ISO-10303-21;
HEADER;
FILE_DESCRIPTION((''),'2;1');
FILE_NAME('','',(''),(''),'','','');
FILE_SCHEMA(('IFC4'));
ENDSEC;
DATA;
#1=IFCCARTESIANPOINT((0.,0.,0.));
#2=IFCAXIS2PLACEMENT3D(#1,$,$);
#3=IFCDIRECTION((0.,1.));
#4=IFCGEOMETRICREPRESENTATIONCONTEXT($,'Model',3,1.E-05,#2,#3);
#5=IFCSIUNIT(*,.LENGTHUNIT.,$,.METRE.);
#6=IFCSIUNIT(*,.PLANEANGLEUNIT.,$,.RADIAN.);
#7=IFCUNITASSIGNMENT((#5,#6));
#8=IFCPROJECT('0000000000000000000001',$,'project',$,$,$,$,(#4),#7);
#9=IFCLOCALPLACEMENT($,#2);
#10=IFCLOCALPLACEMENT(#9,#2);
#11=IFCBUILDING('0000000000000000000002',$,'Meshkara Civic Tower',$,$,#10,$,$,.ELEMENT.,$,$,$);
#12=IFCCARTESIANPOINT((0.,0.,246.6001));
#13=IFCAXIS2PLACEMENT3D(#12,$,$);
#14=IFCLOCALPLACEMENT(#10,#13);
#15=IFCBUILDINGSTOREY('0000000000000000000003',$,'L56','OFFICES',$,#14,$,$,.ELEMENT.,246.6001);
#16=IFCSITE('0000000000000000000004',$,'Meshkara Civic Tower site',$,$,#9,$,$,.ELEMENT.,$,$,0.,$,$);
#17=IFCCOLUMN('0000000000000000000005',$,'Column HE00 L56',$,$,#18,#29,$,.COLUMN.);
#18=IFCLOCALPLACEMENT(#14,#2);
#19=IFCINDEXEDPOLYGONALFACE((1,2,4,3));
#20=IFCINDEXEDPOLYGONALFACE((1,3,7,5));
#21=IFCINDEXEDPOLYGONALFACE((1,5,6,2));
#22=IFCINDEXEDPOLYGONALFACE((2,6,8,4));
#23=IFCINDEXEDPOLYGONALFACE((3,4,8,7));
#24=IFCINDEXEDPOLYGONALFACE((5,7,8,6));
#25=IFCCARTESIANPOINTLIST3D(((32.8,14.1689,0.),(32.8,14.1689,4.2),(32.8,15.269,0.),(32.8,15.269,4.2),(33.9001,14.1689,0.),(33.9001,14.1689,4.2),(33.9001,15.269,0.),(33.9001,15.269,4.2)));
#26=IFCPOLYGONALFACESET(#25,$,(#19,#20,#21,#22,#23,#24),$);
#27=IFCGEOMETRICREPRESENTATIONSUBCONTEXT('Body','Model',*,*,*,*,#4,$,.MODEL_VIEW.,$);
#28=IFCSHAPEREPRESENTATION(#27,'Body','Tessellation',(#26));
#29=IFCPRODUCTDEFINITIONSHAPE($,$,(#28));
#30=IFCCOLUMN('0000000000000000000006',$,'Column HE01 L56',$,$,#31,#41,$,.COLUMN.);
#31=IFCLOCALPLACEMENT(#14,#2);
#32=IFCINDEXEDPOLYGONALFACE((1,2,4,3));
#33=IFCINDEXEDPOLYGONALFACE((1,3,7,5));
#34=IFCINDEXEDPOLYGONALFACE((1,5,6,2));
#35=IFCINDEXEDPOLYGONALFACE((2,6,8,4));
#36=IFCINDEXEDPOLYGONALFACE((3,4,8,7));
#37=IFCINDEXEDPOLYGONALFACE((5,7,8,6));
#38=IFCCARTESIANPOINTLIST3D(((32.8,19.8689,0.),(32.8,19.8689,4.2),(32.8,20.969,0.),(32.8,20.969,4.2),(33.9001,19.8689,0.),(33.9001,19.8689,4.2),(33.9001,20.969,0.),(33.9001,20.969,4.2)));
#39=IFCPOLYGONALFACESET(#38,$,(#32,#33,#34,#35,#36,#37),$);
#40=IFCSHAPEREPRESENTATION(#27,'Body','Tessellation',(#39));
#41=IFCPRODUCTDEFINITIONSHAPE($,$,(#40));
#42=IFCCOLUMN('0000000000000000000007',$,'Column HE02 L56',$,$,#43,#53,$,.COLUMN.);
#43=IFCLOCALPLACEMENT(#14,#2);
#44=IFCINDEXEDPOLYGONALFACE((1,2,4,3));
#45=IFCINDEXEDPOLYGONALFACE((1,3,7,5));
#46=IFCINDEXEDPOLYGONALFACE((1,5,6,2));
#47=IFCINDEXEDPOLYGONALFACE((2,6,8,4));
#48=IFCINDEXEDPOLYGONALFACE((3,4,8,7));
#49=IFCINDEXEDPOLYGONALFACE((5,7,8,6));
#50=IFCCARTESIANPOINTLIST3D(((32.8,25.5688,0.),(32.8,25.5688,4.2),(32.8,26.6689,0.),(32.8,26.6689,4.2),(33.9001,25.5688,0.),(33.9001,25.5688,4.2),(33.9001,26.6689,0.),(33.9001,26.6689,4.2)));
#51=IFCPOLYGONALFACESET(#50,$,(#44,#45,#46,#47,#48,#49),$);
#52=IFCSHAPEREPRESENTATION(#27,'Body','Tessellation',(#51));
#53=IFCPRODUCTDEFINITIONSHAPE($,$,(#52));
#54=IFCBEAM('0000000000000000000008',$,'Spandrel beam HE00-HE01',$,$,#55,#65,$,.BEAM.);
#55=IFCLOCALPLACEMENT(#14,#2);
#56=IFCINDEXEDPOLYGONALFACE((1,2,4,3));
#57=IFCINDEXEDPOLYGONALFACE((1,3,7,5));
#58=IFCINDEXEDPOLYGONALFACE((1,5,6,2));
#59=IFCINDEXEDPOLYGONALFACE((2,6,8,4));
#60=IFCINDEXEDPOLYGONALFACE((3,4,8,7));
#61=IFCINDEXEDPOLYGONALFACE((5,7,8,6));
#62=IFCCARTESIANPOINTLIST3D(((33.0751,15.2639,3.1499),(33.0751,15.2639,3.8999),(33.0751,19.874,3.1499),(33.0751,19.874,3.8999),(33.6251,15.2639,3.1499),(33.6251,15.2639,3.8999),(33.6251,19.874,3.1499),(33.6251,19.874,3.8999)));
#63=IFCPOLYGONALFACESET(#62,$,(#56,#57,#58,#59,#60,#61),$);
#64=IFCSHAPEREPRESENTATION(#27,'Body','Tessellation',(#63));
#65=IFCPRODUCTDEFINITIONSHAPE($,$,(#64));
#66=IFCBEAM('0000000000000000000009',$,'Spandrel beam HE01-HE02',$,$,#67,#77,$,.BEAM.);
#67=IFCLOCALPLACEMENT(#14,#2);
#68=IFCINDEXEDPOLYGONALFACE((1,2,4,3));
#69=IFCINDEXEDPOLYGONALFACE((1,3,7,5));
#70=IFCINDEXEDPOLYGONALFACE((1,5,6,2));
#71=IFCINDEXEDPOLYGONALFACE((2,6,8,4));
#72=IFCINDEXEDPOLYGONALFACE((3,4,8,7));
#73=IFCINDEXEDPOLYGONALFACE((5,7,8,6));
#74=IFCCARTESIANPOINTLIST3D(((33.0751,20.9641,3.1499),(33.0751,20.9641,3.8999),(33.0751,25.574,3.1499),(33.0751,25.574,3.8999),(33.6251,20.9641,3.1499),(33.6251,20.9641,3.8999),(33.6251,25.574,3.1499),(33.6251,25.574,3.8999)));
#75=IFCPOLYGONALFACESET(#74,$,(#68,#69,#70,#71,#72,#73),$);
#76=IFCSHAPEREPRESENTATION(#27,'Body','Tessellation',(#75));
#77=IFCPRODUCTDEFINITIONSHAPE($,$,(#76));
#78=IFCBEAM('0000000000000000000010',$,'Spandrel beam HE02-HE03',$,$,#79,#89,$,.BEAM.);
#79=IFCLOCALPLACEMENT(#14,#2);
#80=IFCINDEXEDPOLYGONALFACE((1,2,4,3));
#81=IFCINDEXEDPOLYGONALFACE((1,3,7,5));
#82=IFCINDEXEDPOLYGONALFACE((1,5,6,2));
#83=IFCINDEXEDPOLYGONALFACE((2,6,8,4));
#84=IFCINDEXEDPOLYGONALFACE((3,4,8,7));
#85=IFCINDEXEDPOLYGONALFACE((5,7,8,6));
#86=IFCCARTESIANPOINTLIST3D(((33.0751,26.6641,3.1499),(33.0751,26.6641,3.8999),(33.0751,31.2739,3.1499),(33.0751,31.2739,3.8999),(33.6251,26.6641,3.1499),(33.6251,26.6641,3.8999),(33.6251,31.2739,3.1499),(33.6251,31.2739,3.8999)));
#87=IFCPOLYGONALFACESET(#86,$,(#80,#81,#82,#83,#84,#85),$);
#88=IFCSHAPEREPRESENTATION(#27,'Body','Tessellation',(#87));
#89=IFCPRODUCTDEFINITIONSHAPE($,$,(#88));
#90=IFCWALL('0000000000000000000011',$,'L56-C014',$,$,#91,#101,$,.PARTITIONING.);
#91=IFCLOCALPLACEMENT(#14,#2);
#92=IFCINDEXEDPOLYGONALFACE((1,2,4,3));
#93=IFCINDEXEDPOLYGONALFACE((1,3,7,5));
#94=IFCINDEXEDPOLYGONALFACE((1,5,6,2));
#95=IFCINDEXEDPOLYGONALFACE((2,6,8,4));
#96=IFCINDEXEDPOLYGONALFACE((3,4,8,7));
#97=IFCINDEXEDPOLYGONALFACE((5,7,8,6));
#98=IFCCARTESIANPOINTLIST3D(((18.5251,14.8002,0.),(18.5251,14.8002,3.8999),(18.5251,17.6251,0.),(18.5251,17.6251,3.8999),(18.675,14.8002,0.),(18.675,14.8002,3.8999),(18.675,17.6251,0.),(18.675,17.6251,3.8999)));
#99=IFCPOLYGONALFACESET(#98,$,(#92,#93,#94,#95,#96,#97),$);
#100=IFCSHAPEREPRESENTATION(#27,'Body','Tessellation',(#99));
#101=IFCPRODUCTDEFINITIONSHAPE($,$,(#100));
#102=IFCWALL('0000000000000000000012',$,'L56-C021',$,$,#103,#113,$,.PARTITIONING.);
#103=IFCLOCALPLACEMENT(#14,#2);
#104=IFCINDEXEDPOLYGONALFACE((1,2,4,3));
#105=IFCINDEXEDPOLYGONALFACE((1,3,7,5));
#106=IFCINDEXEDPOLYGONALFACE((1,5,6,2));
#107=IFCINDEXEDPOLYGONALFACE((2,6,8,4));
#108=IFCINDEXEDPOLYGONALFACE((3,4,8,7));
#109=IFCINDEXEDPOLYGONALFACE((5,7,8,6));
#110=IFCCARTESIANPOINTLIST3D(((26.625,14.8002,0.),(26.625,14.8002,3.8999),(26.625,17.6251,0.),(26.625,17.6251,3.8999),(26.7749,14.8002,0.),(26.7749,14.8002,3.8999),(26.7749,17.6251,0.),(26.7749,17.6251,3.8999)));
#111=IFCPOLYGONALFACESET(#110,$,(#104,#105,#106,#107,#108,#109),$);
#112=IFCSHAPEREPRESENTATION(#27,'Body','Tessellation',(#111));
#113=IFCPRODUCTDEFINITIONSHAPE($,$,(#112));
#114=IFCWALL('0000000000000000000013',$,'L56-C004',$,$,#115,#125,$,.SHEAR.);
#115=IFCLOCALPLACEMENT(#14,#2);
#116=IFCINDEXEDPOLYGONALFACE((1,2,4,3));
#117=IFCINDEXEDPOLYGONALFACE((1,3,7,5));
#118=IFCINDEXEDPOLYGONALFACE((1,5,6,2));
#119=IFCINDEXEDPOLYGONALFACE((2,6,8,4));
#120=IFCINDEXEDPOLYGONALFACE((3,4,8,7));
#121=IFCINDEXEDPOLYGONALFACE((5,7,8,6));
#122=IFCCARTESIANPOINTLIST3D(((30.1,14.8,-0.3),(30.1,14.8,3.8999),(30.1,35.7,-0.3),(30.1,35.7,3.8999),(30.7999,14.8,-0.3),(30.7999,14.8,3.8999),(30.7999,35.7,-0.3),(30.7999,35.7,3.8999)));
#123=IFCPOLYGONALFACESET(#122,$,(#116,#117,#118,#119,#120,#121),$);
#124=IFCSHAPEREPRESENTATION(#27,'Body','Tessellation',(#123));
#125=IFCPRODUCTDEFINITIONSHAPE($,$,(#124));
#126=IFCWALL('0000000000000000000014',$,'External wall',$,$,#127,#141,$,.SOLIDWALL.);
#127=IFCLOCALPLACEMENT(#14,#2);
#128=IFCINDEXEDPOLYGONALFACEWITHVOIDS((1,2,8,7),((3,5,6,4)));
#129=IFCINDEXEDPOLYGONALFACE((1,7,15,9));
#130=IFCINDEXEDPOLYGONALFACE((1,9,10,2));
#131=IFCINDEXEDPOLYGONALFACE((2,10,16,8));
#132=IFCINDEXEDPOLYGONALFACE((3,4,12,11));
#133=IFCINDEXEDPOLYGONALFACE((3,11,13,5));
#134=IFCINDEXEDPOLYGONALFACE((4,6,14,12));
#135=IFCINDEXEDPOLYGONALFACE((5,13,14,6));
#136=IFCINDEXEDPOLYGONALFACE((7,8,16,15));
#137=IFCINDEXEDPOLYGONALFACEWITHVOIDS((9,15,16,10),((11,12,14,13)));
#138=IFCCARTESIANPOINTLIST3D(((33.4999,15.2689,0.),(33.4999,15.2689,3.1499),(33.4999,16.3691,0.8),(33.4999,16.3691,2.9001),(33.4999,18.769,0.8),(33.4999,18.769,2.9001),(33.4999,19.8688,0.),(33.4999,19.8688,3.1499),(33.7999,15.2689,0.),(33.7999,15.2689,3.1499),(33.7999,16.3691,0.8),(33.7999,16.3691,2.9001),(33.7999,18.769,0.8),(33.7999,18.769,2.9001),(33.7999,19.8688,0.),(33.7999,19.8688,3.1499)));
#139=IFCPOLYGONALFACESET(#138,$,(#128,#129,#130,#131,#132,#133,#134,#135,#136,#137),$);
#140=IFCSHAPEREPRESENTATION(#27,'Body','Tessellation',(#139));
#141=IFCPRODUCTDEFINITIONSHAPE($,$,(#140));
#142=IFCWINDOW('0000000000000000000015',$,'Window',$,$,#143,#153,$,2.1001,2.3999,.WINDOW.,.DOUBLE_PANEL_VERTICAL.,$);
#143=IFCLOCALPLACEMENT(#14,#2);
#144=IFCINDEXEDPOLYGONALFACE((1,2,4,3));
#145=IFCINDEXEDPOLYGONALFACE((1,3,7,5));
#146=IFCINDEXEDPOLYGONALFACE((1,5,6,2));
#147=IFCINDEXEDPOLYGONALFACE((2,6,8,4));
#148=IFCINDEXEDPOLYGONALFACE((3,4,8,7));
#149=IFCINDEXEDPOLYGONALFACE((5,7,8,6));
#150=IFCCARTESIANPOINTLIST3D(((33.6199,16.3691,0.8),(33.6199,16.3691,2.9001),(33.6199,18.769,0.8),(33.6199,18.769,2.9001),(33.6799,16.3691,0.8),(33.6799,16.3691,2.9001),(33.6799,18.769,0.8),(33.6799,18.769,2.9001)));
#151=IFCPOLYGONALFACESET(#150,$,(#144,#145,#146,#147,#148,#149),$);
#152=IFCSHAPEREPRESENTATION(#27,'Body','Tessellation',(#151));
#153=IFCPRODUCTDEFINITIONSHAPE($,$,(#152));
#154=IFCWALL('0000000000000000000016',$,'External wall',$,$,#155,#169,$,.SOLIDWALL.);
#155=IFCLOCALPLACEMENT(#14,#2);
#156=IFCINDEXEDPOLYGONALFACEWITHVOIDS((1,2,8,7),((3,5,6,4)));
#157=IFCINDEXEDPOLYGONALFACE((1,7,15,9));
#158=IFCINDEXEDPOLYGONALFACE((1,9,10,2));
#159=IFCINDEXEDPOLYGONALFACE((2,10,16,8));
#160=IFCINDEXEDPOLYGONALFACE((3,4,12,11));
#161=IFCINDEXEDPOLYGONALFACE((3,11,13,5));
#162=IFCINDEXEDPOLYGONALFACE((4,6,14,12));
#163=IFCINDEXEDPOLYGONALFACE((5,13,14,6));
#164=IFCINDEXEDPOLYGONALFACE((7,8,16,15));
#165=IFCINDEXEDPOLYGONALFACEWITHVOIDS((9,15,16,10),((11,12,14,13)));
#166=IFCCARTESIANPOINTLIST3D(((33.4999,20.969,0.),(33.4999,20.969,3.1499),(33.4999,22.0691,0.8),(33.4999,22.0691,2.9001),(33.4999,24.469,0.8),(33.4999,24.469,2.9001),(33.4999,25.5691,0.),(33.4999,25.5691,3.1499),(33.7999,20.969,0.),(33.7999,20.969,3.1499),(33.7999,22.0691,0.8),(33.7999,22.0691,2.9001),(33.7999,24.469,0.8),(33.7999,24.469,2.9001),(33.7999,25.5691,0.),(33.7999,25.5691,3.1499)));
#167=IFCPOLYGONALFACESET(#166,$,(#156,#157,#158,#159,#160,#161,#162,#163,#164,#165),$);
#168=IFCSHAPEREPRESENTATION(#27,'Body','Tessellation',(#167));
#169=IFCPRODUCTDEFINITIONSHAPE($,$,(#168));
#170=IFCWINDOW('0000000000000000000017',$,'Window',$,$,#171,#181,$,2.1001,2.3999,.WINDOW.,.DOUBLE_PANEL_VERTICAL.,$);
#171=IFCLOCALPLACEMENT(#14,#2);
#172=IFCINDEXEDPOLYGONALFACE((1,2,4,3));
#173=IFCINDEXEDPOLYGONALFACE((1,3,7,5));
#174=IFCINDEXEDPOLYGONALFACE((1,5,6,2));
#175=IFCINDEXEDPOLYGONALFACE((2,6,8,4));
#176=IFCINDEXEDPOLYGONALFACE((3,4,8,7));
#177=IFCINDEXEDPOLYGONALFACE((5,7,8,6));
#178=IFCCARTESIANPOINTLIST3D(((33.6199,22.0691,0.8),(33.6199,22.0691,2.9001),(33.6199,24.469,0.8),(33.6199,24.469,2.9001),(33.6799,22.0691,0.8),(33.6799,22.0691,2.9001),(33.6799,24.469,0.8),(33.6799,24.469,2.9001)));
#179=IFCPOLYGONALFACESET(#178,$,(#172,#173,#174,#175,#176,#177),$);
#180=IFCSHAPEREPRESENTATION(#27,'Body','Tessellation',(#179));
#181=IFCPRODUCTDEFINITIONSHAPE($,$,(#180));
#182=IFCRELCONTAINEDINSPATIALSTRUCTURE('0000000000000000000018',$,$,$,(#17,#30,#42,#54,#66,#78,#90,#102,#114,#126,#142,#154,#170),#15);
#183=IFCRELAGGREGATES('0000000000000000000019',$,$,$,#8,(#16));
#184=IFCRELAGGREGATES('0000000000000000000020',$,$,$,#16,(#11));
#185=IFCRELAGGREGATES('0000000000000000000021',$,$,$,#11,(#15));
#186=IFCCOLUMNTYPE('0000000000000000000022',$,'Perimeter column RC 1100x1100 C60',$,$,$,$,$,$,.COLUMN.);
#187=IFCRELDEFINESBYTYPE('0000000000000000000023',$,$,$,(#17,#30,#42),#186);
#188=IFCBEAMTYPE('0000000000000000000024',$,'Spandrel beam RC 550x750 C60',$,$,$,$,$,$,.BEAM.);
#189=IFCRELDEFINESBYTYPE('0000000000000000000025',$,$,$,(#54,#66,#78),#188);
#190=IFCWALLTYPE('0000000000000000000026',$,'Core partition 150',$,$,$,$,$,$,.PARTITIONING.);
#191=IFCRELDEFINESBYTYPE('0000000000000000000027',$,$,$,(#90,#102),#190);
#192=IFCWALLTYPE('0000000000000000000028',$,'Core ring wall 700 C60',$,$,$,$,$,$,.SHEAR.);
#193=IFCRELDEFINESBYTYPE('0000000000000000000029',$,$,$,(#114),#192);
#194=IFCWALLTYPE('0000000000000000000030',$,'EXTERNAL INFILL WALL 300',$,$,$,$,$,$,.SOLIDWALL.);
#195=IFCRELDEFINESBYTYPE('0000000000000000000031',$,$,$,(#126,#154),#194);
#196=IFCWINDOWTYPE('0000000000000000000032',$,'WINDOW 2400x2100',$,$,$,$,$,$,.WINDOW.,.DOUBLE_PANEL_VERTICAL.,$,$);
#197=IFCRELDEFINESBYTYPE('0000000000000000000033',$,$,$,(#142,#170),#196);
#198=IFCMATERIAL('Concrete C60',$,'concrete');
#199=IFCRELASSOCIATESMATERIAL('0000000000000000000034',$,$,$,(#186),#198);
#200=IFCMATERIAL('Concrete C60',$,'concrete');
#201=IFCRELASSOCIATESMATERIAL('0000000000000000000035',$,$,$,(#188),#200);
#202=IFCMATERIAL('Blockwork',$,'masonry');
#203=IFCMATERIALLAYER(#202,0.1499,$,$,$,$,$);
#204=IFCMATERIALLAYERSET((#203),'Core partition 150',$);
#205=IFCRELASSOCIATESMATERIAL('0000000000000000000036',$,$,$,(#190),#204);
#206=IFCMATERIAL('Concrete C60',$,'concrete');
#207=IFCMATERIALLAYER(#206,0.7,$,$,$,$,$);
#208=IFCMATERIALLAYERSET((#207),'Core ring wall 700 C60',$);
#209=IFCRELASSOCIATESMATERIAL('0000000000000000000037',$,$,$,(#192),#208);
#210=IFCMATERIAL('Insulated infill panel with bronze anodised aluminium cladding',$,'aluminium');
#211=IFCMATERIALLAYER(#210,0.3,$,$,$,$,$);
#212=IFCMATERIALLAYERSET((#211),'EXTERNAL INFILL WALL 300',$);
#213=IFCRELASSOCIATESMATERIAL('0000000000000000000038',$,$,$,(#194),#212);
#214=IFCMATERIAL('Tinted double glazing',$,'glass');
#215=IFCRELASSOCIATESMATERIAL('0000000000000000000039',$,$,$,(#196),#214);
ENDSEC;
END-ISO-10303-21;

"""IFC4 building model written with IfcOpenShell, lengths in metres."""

from ifc_helpers import new_model, si_unit, direction, frame, frame_2d, origin, origin_2d, place, context, subcontext, project, spatial, rectangle, extrude, material, layer, layer_set, material_profile, profile_set, type_object, element, fill, save


model = new_model("IFC4")

# Units and contexts
model_context = context("Model", 3, precision=1e-05, world=origin(), true_north=direction((0.0, 1.0)))
body_context = subcontext(model_context, "Body", "Model", "MODEL_VIEW")
ifc_project = project(units=[si_unit("LENGTHUNIT", "METRE"), si_unit("PLANEANGLEUNIT", "RADIAN")], contexts=[model_context])

# Site, building, storey
site_placement = place(None, origin())
site = spatial("IfcSite", under=ifc_project, at=site_placement, Name="Meshkara Civic Tower site", CompositionType="ELEMENT", RefElevation=0.0)
building_placement = place(site_placement, origin())
building = spatial("IfcBuilding", under=site, at=building_placement, Name="Meshkara Civic Tower", CompositionType="ELEMENT")
storey_placement = place(building_placement, frame((0.0, 0.0, 246.6001)))
storey = spatial("IfcBuildingStorey", under=building, at=storey_placement, Name="L56", Description="OFFICES", CompositionType="ELEMENT", Elevation=246.6001)

# Columns
ifc_material_1 = material(Name="Concrete C60", Category="concrete")
ifc_material_profile_1 = material_profile(ifc_material_1, rectangle(XDim=1.1001, YDim=1.1001, at=origin_2d()))
ifc_profile_set_1 = profile_set([ifc_material_profile_1], Name="Concrete C60")
column_type = type_object("IfcColumnType", Name="Perimeter column RC 1100x1100 C60", PredefinedType="COLUMN", material=ifc_profile_set_1)
for number, where, z_axis, x_axis, name in (
    (1, (33.3501, 14.719, 0.0), (0.0, 0.0, 1.0), (1.0, 0.0, 0.0), "Column HE00 L56"),
    (2, (33.3501, 20.4189, 0.0), (0.0, 0.0, 1.0), (1.0, 0.0, 0.0), "Column HE01 L56"),
    (3, (33.3501, 26.1189, 0.0), (0.0, 0.0, 1.0), (1.0, 0.0, 0.0), "Column HE02 L56"),
):
    element("IfcColumn", number, at=place(storey_placement, frame(where, z_axis=z_axis, x_axis=x_axis)), inside=storey, type_object=column_type, Name=name, PredefinedType="COLUMN", context=body_context, shape_type="SweptSolid", body=[
        extrude(rectangle(XDim=1.1001, YDim=1.1001, at=origin_2d()), origin(), (0.0, 0.0, 1.0), 4.2),
    ])

# Beams
ifc_material_2 = material(Name="Concrete C60", Category="concrete")
ifc_material_profile_2 = material_profile(ifc_material_2, rectangle(XDim=0.55, YDim=0.75, at=origin_2d()))
ifc_profile_set_2 = profile_set([ifc_material_profile_2], Name="Concrete C60")
beam_type = type_object("IfcBeamType", Name="Spandrel beam RC 550x750 C60", PredefinedType="BEAM", material=ifc_profile_set_2)
beam_placement = place(storey_placement, frame((33.3501, 15.2639, 3.5249), z_axis=(0.0, 1.0, 0.0), x_axis=(-1.0, 0.0, 0.0)))
element("IfcBeam", 4, at=beam_placement, inside=storey, type_object=beam_type, Name="Spandrel beam HE00-HE01", PredefinedType="BEAM", context=body_context, shape_type="SweptSolid", body=[
    extrude(rectangle(XDim=0.55, YDim=0.75, at=origin_2d()), origin(), (0.0, 0.0, 1.0), 4.6101),
])
for number, where, z_axis, x_axis, name in (
    (5, (33.3501, 20.9641, 3.5249), (0.0, 1.0, 0.0), (-1.0, 0.0, 0.0), "Spandrel beam HE01-HE02"),
    (6, (33.3501, 26.6641, 3.5249), (0.0, 1.0, 0.0), (-1.0, 0.0, 0.0), "Spandrel beam HE02-HE03"),
):
    element("IfcBeam", number, at=place(storey_placement, frame(where, z_axis=z_axis, x_axis=x_axis)), inside=storey, type_object=beam_type, Name=name, PredefinedType="BEAM", context=body_context, shape_type="SweptSolid", body=[
        extrude(rectangle(XDim=0.55, YDim=0.75, at=origin_2d()), origin(), (0.0, 0.0, 1.0), 4.6099),
    ])

# Walls
ifc_material_3 = material(Name="Blockwork", Category="masonry")
ifc_layer_1 = layer(ifc_material_3, 0.1499)
ifc_layer_set_1 = layer_set([ifc_layer_1], Name="Core partition 150")
wall_type_1 = type_object("IfcWallType", Name="Core partition 150", PredefinedType="PARTITIONING", material=ifc_layer_set_1)
for number, where, z_axis, x_axis, name in (
    (7, (18.6001, 14.8, 0.0), (0.0, 0.0, 1.0), (0.0, 1.0, 0.0), "L56-C014"),
    (8, (26.7, 14.8, 0.0), (0.0, 0.0, 1.0), (0.0, 1.0, 0.0), "L56-C021"),
):
    element("IfcWall", number, at=place(storey_placement, frame(where, z_axis=z_axis, x_axis=x_axis)), inside=storey, type_object=wall_type_1, Name=name, PredefinedType="PARTITIONING", context=body_context, shape_type="SweptSolid", body=[
        extrude(rectangle(XDim=2.825, YDim=0.1499, at=frame_2d((1.4126, 0.0))), origin(), (0.0, 0.0, 1.0), 3.8999),
    ])
ifc_material_4 = material(Name="Concrete C60", Category="concrete")
ifc_layer_2 = layer(ifc_material_4, 0.7)
ifc_layer_set_2 = layer_set([ifc_layer_2], Name="Core ring wall 700 C60")
wall_type_2 = type_object("IfcWallType", Name="Core ring wall 700 C60", PredefinedType="SHEAR", material=ifc_layer_set_2)
wall_1_placement = place(storey_placement, frame((30.45, 14.8, -0.3), z_axis=(0.0, 0.0, 1.0), x_axis=(0.0, 1.0, 0.0)))
element("IfcWall", 9, at=wall_1_placement, inside=storey, type_object=wall_type_2, Name="L56-C004", PredefinedType="SHEAR", context=body_context, shape_type="SweptSolid", body=[
    extrude(rectangle(XDim=20.8999, YDim=0.7, at=frame_2d((10.45, 0.0))), origin(), (0.0, 0.0, 1.0), 4.2),
])

# Walls, openings, windows
ifc_material_5 = material(Name="Insulated infill panel with bronze anodised aluminium cladding", Category="aluminium")
ifc_layer_3 = layer(ifc_material_5, 0.3)
ifc_layer_set_3 = layer_set([ifc_layer_3], Name="EXTERNAL INFILL WALL 300")
wall_type_3 = type_object("IfcWallType", Name="EXTERNAL INFILL WALL 300", PredefinedType="SOLIDWALL", material=ifc_layer_set_3)
wall_2_placement = place(storey_placement, frame((33.6499, 15.269, 0.0), z_axis=(0.0, 0.0, 1.0), x_axis=(0.0, 1.0, 0.0)))
wall_2 = element("IfcWall", 10, at=wall_2_placement, inside=storey, type_object=wall_type_3, Name="External wall", PredefinedType="SOLIDWALL", context=body_context, shape_type="SweptSolid", body=[
    extrude(rectangle(XDim=4.5999, YDim=0.3, at=frame_2d((2.2998, 0.0))), origin(), (0.0, 0.0, 1.0), 3.1499),
])
opening_1_placement = place(wall_2_placement, frame((1.1001, 0.0, 0.8)))
opening_1 = element("IfcOpeningElement", 11, at=opening_1_placement, cuts=wall_2, PredefinedType="OPENING", context=body_context, shape_type="SweptSolid", body=[
    extrude(rectangle(XDim=2.3999, YDim=2.1001, at=frame_2d((1.2, 1.05))), frame((0.0, 0.1599, 0.0), z_axis=(0.0, -1.0, 0.0), x_axis=(1.0, 0.0, 0.0)), (0.0, 0.0, 1.0), 0.3201),
])
ifc_material_6 = material(Name="Tinted double glazing", Category="glass")
window_type = type_object("IfcWindowType", Name="WINDOW 2400x2100", PartitioningType="DOUBLE_PANEL_VERTICAL", PredefinedType="WINDOW", material=ifc_material_6)
window_1_placement = place(opening_1_placement, origin())
window_1 = element("IfcWindow", 12, at=window_1_placement, inside=storey, type_object=window_type, Name="Window", OverallHeight=2.1001, OverallWidth=2.3999, PartitioningType="DOUBLE_PANEL_VERTICAL", PredefinedType="WINDOW", context=body_context, shape_type="SweptSolid", body=[
    extrude(rectangle(XDim=2.3999, YDim=2.1001, at=frame_2d((1.2, 1.05))), frame((0.0, 0.03, 0.0), z_axis=(0.0, -1.0, 0.0), x_axis=(1.0, 0.0, 0.0)), (0.0, 0.0, 1.0), 0.0601),
])
fill(opening_1, window_1)
wall_3_placement = place(storey_placement, frame((33.6499, 20.969, 0.0), z_axis=(0.0, 0.0, 1.0), x_axis=(0.0, 1.0, 0.0)))
wall_3 = element("IfcWall", 13, at=wall_3_placement, inside=storey, type_object=wall_type_3, Name="External wall", PredefinedType="SOLIDWALL", context=body_context, shape_type="SweptSolid", body=[
    extrude(rectangle(XDim=4.6001, YDim=0.3, at=frame_2d((2.3, 0.0))), origin(), (0.0, 0.0, 1.0), 3.1499),
])
opening_2_placement = place(wall_3_placement, frame((1.1001, 0.0, 0.8)))
opening_2 = element("IfcOpeningElement", 14, at=opening_2_placement, cuts=wall_3, PredefinedType="OPENING", context=body_context, shape_type="SweptSolid", body=[
    extrude(rectangle(XDim=2.3999, YDim=2.1001, at=frame_2d((1.2, 1.05))), frame((0.0, 0.1599, 0.0), z_axis=(0.0, -1.0, 0.0), x_axis=(1.0, 0.0, 0.0)), (0.0, 0.0, 1.0), 0.3201),
])
window_2_placement = place(opening_2_placement, origin())
window_2 = element("IfcWindow", 15, at=window_2_placement, inside=storey, type_object=window_type, Name="Window", OverallHeight=2.1001, OverallWidth=2.3999, PartitioningType="DOUBLE_PANEL_VERTICAL", PredefinedType="WINDOW", context=body_context, shape_type="SweptSolid", body=[
    extrude(rectangle(XDim=2.3999, YDim=2.1001, at=frame_2d((1.2, 1.05))), frame((0.0, 0.03, 0.0), z_axis=(0.0, -1.0, 0.0), x_axis=(1.0, 0.0, 0.0)), (0.0, 0.0, 1.0), 0.0601),
])
fill(opening_2, window_2)

save(model, "model.ifc")
